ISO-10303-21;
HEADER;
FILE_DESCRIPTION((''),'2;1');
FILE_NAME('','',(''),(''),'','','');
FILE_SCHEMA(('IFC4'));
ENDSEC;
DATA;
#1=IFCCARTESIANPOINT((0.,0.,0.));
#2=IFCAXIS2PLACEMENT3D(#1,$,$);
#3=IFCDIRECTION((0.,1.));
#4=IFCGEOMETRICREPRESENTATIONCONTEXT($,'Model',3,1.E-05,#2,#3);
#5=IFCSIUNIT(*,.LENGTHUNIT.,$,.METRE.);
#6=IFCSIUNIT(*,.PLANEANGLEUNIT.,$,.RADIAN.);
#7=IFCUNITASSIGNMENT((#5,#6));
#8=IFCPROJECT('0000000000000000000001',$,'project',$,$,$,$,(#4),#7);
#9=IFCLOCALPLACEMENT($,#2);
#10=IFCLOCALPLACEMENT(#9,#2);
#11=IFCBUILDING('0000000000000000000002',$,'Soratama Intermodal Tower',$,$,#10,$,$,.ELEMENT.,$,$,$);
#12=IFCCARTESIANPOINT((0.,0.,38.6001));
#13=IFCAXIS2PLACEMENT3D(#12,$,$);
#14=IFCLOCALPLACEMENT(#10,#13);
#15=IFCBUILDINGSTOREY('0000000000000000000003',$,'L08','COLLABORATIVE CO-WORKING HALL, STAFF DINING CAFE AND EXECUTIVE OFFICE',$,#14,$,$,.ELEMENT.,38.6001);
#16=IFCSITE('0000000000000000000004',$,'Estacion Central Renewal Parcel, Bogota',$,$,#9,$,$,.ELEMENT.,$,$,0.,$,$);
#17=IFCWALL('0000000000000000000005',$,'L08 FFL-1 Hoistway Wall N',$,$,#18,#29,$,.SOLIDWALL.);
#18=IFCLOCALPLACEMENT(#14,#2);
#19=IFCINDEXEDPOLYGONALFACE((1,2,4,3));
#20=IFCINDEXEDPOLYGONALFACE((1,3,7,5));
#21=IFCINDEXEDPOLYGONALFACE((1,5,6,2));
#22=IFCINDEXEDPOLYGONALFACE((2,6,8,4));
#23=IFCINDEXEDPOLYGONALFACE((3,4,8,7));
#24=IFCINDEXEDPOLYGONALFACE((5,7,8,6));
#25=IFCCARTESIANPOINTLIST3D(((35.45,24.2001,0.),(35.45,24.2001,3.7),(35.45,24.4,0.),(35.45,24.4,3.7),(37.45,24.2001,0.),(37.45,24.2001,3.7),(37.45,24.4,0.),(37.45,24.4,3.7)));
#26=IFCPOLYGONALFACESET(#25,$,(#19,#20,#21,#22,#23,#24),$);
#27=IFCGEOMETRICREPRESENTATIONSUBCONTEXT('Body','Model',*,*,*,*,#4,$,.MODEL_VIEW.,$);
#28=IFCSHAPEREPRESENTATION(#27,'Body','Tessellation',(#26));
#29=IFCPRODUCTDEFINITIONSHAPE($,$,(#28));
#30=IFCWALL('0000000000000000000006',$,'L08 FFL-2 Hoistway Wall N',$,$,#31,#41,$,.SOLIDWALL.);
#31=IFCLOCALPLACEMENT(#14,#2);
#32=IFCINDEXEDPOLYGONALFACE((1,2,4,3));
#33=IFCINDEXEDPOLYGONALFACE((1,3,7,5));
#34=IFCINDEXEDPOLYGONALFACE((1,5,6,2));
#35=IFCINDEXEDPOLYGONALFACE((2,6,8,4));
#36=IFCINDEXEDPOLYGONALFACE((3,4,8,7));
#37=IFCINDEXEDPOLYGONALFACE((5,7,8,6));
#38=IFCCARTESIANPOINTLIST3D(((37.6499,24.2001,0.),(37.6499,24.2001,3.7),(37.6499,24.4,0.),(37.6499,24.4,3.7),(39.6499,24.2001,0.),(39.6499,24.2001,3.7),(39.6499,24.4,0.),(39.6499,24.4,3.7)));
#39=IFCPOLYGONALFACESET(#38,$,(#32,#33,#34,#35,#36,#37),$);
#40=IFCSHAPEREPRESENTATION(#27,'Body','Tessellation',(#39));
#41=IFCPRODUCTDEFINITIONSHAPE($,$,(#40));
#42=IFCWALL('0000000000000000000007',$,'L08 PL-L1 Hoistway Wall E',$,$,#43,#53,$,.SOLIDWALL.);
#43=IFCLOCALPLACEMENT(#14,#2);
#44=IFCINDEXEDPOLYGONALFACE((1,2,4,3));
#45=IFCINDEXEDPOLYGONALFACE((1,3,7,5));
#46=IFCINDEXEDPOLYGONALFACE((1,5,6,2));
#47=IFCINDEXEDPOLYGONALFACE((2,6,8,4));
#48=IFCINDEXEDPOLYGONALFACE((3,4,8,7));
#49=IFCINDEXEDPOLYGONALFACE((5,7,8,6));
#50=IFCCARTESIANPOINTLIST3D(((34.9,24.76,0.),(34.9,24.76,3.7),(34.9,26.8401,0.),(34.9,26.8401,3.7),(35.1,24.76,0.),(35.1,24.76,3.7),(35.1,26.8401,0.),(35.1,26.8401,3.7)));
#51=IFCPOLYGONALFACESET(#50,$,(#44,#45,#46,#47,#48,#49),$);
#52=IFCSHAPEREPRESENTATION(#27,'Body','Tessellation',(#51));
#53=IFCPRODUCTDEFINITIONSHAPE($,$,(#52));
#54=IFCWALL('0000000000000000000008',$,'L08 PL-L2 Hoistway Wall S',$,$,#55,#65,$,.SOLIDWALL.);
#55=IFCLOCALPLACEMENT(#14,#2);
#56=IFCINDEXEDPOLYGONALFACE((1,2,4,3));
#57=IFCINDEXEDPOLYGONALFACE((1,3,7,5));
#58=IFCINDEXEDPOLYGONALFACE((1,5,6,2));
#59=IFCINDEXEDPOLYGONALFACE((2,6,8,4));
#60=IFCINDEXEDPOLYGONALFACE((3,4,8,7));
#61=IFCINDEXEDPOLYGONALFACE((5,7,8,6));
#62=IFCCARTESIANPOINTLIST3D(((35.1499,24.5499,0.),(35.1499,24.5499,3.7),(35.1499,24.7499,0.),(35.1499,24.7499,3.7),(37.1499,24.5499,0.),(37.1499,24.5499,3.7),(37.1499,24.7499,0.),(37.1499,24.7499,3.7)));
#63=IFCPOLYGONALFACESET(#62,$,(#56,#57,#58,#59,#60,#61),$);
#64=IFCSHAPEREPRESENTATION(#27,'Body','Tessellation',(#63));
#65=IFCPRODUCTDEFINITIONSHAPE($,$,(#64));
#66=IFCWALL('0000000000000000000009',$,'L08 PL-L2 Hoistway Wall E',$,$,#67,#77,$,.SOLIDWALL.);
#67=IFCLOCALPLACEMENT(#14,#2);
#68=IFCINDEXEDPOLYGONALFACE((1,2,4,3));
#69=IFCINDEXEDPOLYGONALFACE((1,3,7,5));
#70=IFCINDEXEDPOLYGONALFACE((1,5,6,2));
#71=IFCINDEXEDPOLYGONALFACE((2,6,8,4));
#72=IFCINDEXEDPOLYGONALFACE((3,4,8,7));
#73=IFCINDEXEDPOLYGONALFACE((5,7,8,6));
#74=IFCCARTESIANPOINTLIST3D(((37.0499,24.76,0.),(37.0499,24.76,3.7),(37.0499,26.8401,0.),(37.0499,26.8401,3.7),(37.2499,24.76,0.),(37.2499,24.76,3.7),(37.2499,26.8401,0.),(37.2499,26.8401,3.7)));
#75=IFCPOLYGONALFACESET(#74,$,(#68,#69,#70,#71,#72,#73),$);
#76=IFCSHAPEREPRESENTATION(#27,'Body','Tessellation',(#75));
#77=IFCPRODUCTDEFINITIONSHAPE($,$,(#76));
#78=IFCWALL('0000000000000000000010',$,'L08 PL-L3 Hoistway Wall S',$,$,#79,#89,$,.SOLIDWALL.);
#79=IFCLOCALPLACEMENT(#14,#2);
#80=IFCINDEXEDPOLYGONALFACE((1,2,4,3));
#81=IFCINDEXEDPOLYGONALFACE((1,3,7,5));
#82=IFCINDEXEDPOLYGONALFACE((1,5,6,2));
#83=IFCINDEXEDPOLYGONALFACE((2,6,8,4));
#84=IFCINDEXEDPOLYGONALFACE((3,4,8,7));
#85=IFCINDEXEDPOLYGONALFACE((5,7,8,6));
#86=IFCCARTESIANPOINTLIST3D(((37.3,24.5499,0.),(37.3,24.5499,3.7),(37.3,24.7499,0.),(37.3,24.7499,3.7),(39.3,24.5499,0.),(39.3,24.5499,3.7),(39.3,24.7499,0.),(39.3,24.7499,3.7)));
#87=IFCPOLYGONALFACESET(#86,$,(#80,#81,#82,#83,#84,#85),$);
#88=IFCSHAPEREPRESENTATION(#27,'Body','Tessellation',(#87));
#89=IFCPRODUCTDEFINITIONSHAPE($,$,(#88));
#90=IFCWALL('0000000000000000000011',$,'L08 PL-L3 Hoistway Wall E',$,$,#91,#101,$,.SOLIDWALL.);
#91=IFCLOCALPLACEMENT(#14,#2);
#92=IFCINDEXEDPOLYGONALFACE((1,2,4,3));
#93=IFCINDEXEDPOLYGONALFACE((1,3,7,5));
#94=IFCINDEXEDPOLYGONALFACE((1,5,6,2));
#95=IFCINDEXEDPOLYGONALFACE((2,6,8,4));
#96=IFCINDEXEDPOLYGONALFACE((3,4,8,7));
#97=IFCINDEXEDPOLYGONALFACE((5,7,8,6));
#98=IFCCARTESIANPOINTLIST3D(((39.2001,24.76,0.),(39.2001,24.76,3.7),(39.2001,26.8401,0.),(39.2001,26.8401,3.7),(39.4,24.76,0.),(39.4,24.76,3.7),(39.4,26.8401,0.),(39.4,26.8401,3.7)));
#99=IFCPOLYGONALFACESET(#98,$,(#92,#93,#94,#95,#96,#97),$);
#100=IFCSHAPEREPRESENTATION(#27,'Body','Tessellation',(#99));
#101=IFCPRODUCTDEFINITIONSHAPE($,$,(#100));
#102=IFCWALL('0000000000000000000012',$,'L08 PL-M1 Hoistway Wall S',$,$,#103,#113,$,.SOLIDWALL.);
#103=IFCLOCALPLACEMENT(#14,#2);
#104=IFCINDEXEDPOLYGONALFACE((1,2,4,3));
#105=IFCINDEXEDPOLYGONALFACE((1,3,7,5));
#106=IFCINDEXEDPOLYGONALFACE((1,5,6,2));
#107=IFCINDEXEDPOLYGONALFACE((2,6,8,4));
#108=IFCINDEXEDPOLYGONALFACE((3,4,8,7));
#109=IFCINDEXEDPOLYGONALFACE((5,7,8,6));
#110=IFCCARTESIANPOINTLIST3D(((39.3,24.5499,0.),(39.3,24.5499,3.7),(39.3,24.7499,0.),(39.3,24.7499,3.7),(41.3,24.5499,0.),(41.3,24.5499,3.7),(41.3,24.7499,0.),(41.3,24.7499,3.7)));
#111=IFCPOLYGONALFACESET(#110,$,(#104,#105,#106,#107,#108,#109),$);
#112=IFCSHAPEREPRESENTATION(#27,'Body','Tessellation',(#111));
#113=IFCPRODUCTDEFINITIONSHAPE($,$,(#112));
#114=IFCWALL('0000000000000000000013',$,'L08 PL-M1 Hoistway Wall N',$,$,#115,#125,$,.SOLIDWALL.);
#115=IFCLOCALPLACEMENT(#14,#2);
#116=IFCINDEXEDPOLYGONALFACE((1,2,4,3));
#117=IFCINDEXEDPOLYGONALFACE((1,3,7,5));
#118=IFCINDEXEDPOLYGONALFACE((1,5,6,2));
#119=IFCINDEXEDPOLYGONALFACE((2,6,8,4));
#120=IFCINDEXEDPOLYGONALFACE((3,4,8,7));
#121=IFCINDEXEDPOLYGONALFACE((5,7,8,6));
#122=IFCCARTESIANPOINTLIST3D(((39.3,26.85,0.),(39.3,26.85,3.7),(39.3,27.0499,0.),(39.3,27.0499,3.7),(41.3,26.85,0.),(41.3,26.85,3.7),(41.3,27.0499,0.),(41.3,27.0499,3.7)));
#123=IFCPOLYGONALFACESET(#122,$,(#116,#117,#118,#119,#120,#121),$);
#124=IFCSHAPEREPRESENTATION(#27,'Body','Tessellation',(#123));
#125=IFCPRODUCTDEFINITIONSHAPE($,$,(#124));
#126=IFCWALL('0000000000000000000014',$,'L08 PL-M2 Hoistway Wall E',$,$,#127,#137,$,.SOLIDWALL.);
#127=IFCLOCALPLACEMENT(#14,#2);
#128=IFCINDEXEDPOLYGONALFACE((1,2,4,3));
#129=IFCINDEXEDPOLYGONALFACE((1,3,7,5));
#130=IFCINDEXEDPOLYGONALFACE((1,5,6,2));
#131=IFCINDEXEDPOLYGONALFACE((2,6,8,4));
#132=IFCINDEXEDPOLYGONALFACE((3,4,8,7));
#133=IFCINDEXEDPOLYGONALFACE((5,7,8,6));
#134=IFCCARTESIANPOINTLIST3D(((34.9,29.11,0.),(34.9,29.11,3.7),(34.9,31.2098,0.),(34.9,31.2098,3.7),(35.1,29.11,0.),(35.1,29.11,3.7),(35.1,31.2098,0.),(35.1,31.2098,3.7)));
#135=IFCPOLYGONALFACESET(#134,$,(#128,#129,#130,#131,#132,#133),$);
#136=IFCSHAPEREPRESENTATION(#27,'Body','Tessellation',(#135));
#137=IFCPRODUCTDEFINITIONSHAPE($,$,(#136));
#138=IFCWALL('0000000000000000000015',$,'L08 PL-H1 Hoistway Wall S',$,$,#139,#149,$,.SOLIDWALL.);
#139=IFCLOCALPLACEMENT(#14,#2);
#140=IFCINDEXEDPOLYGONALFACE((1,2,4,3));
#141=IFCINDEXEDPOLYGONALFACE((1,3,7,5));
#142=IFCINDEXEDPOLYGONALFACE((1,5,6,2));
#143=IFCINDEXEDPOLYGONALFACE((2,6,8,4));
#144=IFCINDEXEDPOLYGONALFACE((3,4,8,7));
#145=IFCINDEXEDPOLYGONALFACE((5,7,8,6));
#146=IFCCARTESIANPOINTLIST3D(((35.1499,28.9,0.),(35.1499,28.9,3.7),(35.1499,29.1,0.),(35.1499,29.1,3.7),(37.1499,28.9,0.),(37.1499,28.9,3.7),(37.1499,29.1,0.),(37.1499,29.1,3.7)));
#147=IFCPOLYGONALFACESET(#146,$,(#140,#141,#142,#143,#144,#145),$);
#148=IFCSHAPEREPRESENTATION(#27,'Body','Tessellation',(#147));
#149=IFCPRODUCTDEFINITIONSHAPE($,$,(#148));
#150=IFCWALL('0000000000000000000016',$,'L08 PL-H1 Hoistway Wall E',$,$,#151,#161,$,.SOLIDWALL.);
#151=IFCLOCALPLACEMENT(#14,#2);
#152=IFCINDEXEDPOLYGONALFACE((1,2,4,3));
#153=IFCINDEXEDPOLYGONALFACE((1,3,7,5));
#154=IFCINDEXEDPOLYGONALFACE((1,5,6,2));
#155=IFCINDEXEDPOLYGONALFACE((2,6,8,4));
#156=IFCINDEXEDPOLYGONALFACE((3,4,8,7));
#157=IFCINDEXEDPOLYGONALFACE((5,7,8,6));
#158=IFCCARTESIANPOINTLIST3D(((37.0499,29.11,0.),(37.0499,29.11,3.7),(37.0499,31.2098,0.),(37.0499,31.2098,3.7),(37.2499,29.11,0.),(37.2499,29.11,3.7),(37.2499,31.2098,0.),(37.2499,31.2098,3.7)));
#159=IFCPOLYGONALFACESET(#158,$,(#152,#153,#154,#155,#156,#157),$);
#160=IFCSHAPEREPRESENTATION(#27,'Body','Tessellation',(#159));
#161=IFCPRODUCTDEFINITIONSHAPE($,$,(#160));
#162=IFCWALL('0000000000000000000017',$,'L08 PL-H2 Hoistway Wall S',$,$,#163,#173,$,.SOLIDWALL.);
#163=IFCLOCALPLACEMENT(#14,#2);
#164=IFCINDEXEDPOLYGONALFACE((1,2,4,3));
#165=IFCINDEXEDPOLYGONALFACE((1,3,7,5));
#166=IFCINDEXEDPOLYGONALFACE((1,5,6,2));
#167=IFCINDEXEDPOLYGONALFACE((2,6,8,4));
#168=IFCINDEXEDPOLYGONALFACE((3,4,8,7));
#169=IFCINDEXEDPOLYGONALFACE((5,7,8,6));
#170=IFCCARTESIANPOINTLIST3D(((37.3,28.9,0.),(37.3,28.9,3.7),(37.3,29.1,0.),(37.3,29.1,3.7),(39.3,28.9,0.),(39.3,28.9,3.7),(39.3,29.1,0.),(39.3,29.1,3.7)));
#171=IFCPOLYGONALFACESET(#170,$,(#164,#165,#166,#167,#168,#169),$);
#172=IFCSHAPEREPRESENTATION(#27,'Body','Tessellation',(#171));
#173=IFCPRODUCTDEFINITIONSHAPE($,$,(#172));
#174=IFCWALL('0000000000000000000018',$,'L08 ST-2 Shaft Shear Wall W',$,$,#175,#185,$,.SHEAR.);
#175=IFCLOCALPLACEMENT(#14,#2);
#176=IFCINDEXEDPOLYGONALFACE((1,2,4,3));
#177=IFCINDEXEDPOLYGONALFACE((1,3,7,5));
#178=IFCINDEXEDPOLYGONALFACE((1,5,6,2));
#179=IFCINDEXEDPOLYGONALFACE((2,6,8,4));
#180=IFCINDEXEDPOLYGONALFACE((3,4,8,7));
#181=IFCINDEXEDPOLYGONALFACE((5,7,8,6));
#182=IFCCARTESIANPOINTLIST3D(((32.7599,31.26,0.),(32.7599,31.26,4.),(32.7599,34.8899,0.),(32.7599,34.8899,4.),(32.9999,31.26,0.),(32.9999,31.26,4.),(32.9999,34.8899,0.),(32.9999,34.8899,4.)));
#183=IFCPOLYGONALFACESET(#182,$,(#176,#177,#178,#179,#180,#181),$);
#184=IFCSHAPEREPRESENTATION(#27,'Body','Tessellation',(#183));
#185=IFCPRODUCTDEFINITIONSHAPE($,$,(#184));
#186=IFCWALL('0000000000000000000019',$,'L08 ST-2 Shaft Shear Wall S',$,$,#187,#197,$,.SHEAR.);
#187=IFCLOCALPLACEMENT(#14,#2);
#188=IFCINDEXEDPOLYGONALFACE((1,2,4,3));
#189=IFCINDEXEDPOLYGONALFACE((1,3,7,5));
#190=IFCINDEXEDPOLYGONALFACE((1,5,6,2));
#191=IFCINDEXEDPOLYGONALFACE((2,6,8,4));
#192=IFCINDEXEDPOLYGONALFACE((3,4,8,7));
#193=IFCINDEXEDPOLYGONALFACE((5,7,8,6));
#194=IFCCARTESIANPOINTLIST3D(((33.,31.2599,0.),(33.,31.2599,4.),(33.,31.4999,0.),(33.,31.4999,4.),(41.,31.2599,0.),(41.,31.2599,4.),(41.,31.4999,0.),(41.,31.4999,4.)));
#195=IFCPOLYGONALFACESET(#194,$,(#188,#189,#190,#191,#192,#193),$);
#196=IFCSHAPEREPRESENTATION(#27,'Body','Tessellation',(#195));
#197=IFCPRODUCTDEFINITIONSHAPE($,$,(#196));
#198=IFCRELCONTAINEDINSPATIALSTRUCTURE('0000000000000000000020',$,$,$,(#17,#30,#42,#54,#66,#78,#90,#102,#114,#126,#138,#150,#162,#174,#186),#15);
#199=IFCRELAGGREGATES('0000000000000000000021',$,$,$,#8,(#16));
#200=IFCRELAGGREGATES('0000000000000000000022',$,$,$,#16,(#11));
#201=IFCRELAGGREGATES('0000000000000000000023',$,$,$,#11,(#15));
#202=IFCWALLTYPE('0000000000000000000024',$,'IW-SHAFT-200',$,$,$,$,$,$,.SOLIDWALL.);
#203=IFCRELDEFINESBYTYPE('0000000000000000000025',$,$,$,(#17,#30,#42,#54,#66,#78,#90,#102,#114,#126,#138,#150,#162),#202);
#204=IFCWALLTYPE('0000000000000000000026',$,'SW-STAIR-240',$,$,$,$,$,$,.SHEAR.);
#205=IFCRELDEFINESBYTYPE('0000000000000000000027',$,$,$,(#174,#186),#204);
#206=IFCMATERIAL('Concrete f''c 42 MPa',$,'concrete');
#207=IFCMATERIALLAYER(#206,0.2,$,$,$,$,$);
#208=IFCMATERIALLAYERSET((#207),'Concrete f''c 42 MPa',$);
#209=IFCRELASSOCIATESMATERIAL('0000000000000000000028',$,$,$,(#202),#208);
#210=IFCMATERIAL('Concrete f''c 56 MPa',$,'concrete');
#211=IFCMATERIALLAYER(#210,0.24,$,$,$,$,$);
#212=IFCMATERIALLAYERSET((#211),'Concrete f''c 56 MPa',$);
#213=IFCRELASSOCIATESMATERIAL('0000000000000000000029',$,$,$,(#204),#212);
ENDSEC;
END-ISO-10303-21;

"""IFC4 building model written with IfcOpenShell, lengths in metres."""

from ifc_helpers import new_model, si_unit, direction, frame, frame_2d, origin, place, context, subcontext, project, spatial, rectangle, extrude, material, layer, layer_set, type_object, element, save


model = new_model("IFC4")

# Units and contexts
model_context = context("Model", 3, precision=1e-05, world=origin(), true_north=direction((0.0, 1.0)))
body_context = subcontext(model_context, "Body", "Model", "MODEL_VIEW")
ifc_project = project(units=[si_unit("LENGTHUNIT", "METRE"), si_unit("PLANEANGLEUNIT", "RADIAN")], contexts=[model_context])

# Site, building, storey
site_placement = place(None, origin())
site = spatial("IfcSite", under=ifc_project, at=site_placement, Name="Estacion Central Renewal Parcel, Bogota", CompositionType="ELEMENT", RefElevation=0.0)
building_placement = place(site_placement, origin())
building = spatial("IfcBuilding", under=site, at=building_placement, Name="Soratama Intermodal Tower", CompositionType="ELEMENT")
storey_placement = place(building_placement, frame((0.0, 0.0, 38.6001)))
storey = spatial("IfcBuildingStorey", under=building, at=storey_placement, Name="L08", Description="COLLABORATIVE CO-WORKING HALL, STAFF DINING CAFE AND EXECUTIVE OFFICE", CompositionType="ELEMENT", Elevation=38.6001)

# Walls
ifc_material_1 = material(Name="Concrete f'c 42 MPa", Category="concrete")
ifc_layer_1 = layer(ifc_material_1, 0.2)
ifc_layer_set_1 = layer_set([ifc_layer_1], Name="Concrete f'c 42 MPa")
wall_type_1 = type_object("IfcWallType", Name="IW-SHAFT-200", PredefinedType="SOLIDWALL", material=ifc_layer_set_1)
for number, where, z_axis, x_axis, name in (
    (1, (35.45, 24.3, 0.0), (0.0, 0.0, 1.0), (1.0, 0.0, 0.0), "L08 FFL-1 Hoistway Wall N"),
    (2, (37.6499, 24.3, 0.0), (0.0, 0.0, 1.0), (1.0, 0.0, 0.0), "L08 FFL-2 Hoistway Wall N"),
):
    element("IfcWall", number, at=place(storey_placement, frame(where, z_axis=z_axis, x_axis=x_axis)), inside=storey, type_object=wall_type_1, Name=name, PredefinedType="SOLIDWALL", context=body_context, shape_type="SweptSolid", body=[
        extrude(rectangle(XDim=2.0, YDim=0.2, at=frame_2d((1.0, 0.0))), origin(), (0.0, 0.0, 1.0), 3.7),
    ])
wall_1_placement = place(storey_placement, frame((35.0, 24.76, 0.0), z_axis=(0.0, 0.0, 1.0), x_axis=(0.0, 1.0, 0.0)))
element("IfcWall", 3, at=wall_1_placement, inside=storey, type_object=wall_type_1, Name="L08 PL-L1 Hoistway Wall E", PredefinedType="SOLIDWALL", context=body_context, shape_type="SweptSolid", body=[
    extrude(rectangle(XDim=2.0801, YDim=0.2, at=frame_2d((1.04, 0.0))), origin(), (0.0, 0.0, 1.0), 3.7),
])
wall_2_placement = place(storey_placement, frame((35.1499, 24.6499, 0.0), z_axis=(0.0, 0.0, 1.0), x_axis=(1.0, 0.0, 0.0)))
element("IfcWall", 4, at=wall_2_placement, inside=storey, type_object=wall_type_1, Name="L08 PL-L2 Hoistway Wall S", PredefinedType="SOLIDWALL", context=body_context, shape_type="SweptSolid", body=[
    extrude(rectangle(XDim=2.0, YDim=0.2, at=frame_2d((1.0, 0.0))), origin(), (0.0, 0.0, 1.0), 3.7),
])

# Walls
wall_3_placement = place(storey_placement, frame((37.1499, 24.76, 0.0), z_axis=(0.0, 0.0, 1.0), x_axis=(0.0, 1.0, 0.0)))
element("IfcWall", 5, at=wall_3_placement, inside=storey, type_object=wall_type_1, Name="L08 PL-L2 Hoistway Wall E", PredefinedType="SOLIDWALL", context=body_context, shape_type="SweptSolid", body=[
    extrude(rectangle(XDim=2.0801, YDim=0.2, at=frame_2d((1.04, 0.0))), origin(), (0.0, 0.0, 1.0), 3.7),
])
wall_4_placement = place(storey_placement, frame((37.3, 24.6499, 0.0), z_axis=(0.0, 0.0, 1.0), x_axis=(1.0, 0.0, 0.0)))
element("IfcWall", 6, at=wall_4_placement, inside=storey, type_object=wall_type_1, Name="L08 PL-L3 Hoistway Wall S", PredefinedType="SOLIDWALL", context=body_context, shape_type="SweptSolid", body=[
    extrude(rectangle(XDim=2.0, YDim=0.2, at=frame_2d((1.0, 0.0))), origin(), (0.0, 0.0, 1.0), 3.7),
])

# Walls
wall_5_placement = place(storey_placement, frame((39.3, 24.76, 0.0), z_axis=(0.0, 0.0, 1.0), x_axis=(0.0, 1.0, 0.0)))
element("IfcWall", 7, at=wall_5_placement, inside=storey, type_object=wall_type_1, Name="L08 PL-L3 Hoistway Wall E", PredefinedType="SOLIDWALL", context=body_context, shape_type="SweptSolid", body=[
    extrude(rectangle(XDim=2.0801, YDim=0.2, at=frame_2d((1.04, 0.0))), origin(), (0.0, 0.0, 1.0), 3.7),
])
for number, where, z_axis, x_axis, name in (
    (8, (39.3, 24.6499, 0.0), (0.0, 0.0, 1.0), (1.0, 0.0, 0.0), "L08 PL-M1 Hoistway Wall S"),
    (9, (39.3, 26.95, 0.0), (0.0, 0.0, 1.0), (1.0, 0.0, 0.0), "L08 PL-M1 Hoistway Wall N"),
):
    element("IfcWall", number, at=place(storey_placement, frame(where, z_axis=z_axis, x_axis=x_axis)), inside=storey, type_object=wall_type_1, Name=name, PredefinedType="SOLIDWALL", context=body_context, shape_type="SweptSolid", body=[
        extrude(rectangle(XDim=2.0, YDim=0.2, at=frame_2d((1.0, 0.0))), origin(), (0.0, 0.0, 1.0), 3.7),
    ])
wall_6_placement = place(storey_placement, frame((35.0, 29.1101, 0.0), z_axis=(0.0, 0.0, 1.0), x_axis=(0.0, 1.0, 0.0)))
element("IfcWall", 10, at=wall_6_placement, inside=storey, type_object=wall_type_1, Name="L08 PL-M2 Hoistway Wall E", PredefinedType="SOLIDWALL", context=body_context, shape_type="SweptSolid", body=[
    extrude(rectangle(XDim=2.0999, YDim=0.2, at=frame_2d((1.0498, 0.0))), origin(), (0.0, 0.0, 1.0), 3.7),
])
wall_7_placement = place(storey_placement, frame((35.1499, 29.0, 0.0), z_axis=(0.0, 0.0, 1.0), x_axis=(1.0, 0.0, 0.0)))
element("IfcWall", 11, at=wall_7_placement, inside=storey, type_object=wall_type_1, Name="L08 PL-H1 Hoistway Wall S", PredefinedType="SOLIDWALL", context=body_context, shape_type="SweptSolid", body=[
    extrude(rectangle(XDim=2.0, YDim=0.2, at=frame_2d((1.0, 0.0))), origin(), (0.0, 0.0, 1.0), 3.7),
])
wall_8_placement = place(storey_placement, frame((37.1499, 29.1101, 0.0), z_axis=(0.0, 0.0, 1.0), x_axis=(0.0, 1.0, 0.0)))
element("IfcWall", 12, at=wall_8_placement, inside=storey, type_object=wall_type_1, Name="L08 PL-H1 Hoistway Wall E", PredefinedType="SOLIDWALL", context=body_context, shape_type="SweptSolid", body=[
    extrude(rectangle(XDim=2.0999, YDim=0.2, at=frame_2d((1.0498, 0.0))), origin(), (0.0, 0.0, 1.0), 3.7),
])
wall_9_placement = place(storey_placement, frame((37.3, 29.0, 0.0), z_axis=(0.0, 0.0, 1.0), x_axis=(1.0, 0.0, 0.0)))
element("IfcWall", 13, at=wall_9_placement, inside=storey, type_object=wall_type_1, Name="L08 PL-H2 Hoistway Wall S", PredefinedType="SOLIDWALL", context=body_context, shape_type="SweptSolid", body=[
    extrude(rectangle(XDim=2.0, YDim=0.2, at=frame_2d((1.0, 0.0))), origin(), (0.0, 0.0, 1.0), 3.7),
])
ifc_material_2 = material(Name="Concrete f'c 56 MPa", Category="concrete")
ifc_layer_2 = layer(ifc_material_2, 0.24)
ifc_layer_set_2 = layer_set([ifc_layer_2], Name="Concrete f'c 56 MPa")
wall_type_2 = type_object("IfcWallType", Name="SW-STAIR-240", PredefinedType="SHEAR", material=ifc_layer_set_2)
wall_10_placement = place(storey_placement, frame((32.8799, 31.26, 0.0), z_axis=(0.0, 0.0, 1.0), x_axis=(0.0, 1.0, 0.0)))
element("IfcWall", 14, at=wall_10_placement, inside=storey, type_object=wall_type_2, Name="L08 ST-2 Shaft Shear Wall W", PredefinedType="SHEAR", context=body_context, shape_type="SweptSolid", body=[
    extrude(rectangle(XDim=3.6299, YDim=0.24, at=frame_2d((1.8149, 0.0))), origin(), (0.0, 0.0, 1.0), 4.0),
])
wall_11_placement = place(storey_placement, frame((33.0, 31.3799, 0.0), z_axis=(0.0, 0.0, 1.0), x_axis=(1.0, 0.0, 0.0)))
element("IfcWall", 15, at=wall_11_placement, inside=storey, type_object=wall_type_2, Name="L08 ST-2 Shaft Shear Wall S", PredefinedType="SHEAR", context=body_context, shape_type="SweptSolid", body=[
    extrude(rectangle(XDim=8.0, YDim=0.24, at=frame_2d((4.0, 0.0))), origin(), (0.0, 0.0, 1.0), 4.0),
])

save(model, "model.ifc")
